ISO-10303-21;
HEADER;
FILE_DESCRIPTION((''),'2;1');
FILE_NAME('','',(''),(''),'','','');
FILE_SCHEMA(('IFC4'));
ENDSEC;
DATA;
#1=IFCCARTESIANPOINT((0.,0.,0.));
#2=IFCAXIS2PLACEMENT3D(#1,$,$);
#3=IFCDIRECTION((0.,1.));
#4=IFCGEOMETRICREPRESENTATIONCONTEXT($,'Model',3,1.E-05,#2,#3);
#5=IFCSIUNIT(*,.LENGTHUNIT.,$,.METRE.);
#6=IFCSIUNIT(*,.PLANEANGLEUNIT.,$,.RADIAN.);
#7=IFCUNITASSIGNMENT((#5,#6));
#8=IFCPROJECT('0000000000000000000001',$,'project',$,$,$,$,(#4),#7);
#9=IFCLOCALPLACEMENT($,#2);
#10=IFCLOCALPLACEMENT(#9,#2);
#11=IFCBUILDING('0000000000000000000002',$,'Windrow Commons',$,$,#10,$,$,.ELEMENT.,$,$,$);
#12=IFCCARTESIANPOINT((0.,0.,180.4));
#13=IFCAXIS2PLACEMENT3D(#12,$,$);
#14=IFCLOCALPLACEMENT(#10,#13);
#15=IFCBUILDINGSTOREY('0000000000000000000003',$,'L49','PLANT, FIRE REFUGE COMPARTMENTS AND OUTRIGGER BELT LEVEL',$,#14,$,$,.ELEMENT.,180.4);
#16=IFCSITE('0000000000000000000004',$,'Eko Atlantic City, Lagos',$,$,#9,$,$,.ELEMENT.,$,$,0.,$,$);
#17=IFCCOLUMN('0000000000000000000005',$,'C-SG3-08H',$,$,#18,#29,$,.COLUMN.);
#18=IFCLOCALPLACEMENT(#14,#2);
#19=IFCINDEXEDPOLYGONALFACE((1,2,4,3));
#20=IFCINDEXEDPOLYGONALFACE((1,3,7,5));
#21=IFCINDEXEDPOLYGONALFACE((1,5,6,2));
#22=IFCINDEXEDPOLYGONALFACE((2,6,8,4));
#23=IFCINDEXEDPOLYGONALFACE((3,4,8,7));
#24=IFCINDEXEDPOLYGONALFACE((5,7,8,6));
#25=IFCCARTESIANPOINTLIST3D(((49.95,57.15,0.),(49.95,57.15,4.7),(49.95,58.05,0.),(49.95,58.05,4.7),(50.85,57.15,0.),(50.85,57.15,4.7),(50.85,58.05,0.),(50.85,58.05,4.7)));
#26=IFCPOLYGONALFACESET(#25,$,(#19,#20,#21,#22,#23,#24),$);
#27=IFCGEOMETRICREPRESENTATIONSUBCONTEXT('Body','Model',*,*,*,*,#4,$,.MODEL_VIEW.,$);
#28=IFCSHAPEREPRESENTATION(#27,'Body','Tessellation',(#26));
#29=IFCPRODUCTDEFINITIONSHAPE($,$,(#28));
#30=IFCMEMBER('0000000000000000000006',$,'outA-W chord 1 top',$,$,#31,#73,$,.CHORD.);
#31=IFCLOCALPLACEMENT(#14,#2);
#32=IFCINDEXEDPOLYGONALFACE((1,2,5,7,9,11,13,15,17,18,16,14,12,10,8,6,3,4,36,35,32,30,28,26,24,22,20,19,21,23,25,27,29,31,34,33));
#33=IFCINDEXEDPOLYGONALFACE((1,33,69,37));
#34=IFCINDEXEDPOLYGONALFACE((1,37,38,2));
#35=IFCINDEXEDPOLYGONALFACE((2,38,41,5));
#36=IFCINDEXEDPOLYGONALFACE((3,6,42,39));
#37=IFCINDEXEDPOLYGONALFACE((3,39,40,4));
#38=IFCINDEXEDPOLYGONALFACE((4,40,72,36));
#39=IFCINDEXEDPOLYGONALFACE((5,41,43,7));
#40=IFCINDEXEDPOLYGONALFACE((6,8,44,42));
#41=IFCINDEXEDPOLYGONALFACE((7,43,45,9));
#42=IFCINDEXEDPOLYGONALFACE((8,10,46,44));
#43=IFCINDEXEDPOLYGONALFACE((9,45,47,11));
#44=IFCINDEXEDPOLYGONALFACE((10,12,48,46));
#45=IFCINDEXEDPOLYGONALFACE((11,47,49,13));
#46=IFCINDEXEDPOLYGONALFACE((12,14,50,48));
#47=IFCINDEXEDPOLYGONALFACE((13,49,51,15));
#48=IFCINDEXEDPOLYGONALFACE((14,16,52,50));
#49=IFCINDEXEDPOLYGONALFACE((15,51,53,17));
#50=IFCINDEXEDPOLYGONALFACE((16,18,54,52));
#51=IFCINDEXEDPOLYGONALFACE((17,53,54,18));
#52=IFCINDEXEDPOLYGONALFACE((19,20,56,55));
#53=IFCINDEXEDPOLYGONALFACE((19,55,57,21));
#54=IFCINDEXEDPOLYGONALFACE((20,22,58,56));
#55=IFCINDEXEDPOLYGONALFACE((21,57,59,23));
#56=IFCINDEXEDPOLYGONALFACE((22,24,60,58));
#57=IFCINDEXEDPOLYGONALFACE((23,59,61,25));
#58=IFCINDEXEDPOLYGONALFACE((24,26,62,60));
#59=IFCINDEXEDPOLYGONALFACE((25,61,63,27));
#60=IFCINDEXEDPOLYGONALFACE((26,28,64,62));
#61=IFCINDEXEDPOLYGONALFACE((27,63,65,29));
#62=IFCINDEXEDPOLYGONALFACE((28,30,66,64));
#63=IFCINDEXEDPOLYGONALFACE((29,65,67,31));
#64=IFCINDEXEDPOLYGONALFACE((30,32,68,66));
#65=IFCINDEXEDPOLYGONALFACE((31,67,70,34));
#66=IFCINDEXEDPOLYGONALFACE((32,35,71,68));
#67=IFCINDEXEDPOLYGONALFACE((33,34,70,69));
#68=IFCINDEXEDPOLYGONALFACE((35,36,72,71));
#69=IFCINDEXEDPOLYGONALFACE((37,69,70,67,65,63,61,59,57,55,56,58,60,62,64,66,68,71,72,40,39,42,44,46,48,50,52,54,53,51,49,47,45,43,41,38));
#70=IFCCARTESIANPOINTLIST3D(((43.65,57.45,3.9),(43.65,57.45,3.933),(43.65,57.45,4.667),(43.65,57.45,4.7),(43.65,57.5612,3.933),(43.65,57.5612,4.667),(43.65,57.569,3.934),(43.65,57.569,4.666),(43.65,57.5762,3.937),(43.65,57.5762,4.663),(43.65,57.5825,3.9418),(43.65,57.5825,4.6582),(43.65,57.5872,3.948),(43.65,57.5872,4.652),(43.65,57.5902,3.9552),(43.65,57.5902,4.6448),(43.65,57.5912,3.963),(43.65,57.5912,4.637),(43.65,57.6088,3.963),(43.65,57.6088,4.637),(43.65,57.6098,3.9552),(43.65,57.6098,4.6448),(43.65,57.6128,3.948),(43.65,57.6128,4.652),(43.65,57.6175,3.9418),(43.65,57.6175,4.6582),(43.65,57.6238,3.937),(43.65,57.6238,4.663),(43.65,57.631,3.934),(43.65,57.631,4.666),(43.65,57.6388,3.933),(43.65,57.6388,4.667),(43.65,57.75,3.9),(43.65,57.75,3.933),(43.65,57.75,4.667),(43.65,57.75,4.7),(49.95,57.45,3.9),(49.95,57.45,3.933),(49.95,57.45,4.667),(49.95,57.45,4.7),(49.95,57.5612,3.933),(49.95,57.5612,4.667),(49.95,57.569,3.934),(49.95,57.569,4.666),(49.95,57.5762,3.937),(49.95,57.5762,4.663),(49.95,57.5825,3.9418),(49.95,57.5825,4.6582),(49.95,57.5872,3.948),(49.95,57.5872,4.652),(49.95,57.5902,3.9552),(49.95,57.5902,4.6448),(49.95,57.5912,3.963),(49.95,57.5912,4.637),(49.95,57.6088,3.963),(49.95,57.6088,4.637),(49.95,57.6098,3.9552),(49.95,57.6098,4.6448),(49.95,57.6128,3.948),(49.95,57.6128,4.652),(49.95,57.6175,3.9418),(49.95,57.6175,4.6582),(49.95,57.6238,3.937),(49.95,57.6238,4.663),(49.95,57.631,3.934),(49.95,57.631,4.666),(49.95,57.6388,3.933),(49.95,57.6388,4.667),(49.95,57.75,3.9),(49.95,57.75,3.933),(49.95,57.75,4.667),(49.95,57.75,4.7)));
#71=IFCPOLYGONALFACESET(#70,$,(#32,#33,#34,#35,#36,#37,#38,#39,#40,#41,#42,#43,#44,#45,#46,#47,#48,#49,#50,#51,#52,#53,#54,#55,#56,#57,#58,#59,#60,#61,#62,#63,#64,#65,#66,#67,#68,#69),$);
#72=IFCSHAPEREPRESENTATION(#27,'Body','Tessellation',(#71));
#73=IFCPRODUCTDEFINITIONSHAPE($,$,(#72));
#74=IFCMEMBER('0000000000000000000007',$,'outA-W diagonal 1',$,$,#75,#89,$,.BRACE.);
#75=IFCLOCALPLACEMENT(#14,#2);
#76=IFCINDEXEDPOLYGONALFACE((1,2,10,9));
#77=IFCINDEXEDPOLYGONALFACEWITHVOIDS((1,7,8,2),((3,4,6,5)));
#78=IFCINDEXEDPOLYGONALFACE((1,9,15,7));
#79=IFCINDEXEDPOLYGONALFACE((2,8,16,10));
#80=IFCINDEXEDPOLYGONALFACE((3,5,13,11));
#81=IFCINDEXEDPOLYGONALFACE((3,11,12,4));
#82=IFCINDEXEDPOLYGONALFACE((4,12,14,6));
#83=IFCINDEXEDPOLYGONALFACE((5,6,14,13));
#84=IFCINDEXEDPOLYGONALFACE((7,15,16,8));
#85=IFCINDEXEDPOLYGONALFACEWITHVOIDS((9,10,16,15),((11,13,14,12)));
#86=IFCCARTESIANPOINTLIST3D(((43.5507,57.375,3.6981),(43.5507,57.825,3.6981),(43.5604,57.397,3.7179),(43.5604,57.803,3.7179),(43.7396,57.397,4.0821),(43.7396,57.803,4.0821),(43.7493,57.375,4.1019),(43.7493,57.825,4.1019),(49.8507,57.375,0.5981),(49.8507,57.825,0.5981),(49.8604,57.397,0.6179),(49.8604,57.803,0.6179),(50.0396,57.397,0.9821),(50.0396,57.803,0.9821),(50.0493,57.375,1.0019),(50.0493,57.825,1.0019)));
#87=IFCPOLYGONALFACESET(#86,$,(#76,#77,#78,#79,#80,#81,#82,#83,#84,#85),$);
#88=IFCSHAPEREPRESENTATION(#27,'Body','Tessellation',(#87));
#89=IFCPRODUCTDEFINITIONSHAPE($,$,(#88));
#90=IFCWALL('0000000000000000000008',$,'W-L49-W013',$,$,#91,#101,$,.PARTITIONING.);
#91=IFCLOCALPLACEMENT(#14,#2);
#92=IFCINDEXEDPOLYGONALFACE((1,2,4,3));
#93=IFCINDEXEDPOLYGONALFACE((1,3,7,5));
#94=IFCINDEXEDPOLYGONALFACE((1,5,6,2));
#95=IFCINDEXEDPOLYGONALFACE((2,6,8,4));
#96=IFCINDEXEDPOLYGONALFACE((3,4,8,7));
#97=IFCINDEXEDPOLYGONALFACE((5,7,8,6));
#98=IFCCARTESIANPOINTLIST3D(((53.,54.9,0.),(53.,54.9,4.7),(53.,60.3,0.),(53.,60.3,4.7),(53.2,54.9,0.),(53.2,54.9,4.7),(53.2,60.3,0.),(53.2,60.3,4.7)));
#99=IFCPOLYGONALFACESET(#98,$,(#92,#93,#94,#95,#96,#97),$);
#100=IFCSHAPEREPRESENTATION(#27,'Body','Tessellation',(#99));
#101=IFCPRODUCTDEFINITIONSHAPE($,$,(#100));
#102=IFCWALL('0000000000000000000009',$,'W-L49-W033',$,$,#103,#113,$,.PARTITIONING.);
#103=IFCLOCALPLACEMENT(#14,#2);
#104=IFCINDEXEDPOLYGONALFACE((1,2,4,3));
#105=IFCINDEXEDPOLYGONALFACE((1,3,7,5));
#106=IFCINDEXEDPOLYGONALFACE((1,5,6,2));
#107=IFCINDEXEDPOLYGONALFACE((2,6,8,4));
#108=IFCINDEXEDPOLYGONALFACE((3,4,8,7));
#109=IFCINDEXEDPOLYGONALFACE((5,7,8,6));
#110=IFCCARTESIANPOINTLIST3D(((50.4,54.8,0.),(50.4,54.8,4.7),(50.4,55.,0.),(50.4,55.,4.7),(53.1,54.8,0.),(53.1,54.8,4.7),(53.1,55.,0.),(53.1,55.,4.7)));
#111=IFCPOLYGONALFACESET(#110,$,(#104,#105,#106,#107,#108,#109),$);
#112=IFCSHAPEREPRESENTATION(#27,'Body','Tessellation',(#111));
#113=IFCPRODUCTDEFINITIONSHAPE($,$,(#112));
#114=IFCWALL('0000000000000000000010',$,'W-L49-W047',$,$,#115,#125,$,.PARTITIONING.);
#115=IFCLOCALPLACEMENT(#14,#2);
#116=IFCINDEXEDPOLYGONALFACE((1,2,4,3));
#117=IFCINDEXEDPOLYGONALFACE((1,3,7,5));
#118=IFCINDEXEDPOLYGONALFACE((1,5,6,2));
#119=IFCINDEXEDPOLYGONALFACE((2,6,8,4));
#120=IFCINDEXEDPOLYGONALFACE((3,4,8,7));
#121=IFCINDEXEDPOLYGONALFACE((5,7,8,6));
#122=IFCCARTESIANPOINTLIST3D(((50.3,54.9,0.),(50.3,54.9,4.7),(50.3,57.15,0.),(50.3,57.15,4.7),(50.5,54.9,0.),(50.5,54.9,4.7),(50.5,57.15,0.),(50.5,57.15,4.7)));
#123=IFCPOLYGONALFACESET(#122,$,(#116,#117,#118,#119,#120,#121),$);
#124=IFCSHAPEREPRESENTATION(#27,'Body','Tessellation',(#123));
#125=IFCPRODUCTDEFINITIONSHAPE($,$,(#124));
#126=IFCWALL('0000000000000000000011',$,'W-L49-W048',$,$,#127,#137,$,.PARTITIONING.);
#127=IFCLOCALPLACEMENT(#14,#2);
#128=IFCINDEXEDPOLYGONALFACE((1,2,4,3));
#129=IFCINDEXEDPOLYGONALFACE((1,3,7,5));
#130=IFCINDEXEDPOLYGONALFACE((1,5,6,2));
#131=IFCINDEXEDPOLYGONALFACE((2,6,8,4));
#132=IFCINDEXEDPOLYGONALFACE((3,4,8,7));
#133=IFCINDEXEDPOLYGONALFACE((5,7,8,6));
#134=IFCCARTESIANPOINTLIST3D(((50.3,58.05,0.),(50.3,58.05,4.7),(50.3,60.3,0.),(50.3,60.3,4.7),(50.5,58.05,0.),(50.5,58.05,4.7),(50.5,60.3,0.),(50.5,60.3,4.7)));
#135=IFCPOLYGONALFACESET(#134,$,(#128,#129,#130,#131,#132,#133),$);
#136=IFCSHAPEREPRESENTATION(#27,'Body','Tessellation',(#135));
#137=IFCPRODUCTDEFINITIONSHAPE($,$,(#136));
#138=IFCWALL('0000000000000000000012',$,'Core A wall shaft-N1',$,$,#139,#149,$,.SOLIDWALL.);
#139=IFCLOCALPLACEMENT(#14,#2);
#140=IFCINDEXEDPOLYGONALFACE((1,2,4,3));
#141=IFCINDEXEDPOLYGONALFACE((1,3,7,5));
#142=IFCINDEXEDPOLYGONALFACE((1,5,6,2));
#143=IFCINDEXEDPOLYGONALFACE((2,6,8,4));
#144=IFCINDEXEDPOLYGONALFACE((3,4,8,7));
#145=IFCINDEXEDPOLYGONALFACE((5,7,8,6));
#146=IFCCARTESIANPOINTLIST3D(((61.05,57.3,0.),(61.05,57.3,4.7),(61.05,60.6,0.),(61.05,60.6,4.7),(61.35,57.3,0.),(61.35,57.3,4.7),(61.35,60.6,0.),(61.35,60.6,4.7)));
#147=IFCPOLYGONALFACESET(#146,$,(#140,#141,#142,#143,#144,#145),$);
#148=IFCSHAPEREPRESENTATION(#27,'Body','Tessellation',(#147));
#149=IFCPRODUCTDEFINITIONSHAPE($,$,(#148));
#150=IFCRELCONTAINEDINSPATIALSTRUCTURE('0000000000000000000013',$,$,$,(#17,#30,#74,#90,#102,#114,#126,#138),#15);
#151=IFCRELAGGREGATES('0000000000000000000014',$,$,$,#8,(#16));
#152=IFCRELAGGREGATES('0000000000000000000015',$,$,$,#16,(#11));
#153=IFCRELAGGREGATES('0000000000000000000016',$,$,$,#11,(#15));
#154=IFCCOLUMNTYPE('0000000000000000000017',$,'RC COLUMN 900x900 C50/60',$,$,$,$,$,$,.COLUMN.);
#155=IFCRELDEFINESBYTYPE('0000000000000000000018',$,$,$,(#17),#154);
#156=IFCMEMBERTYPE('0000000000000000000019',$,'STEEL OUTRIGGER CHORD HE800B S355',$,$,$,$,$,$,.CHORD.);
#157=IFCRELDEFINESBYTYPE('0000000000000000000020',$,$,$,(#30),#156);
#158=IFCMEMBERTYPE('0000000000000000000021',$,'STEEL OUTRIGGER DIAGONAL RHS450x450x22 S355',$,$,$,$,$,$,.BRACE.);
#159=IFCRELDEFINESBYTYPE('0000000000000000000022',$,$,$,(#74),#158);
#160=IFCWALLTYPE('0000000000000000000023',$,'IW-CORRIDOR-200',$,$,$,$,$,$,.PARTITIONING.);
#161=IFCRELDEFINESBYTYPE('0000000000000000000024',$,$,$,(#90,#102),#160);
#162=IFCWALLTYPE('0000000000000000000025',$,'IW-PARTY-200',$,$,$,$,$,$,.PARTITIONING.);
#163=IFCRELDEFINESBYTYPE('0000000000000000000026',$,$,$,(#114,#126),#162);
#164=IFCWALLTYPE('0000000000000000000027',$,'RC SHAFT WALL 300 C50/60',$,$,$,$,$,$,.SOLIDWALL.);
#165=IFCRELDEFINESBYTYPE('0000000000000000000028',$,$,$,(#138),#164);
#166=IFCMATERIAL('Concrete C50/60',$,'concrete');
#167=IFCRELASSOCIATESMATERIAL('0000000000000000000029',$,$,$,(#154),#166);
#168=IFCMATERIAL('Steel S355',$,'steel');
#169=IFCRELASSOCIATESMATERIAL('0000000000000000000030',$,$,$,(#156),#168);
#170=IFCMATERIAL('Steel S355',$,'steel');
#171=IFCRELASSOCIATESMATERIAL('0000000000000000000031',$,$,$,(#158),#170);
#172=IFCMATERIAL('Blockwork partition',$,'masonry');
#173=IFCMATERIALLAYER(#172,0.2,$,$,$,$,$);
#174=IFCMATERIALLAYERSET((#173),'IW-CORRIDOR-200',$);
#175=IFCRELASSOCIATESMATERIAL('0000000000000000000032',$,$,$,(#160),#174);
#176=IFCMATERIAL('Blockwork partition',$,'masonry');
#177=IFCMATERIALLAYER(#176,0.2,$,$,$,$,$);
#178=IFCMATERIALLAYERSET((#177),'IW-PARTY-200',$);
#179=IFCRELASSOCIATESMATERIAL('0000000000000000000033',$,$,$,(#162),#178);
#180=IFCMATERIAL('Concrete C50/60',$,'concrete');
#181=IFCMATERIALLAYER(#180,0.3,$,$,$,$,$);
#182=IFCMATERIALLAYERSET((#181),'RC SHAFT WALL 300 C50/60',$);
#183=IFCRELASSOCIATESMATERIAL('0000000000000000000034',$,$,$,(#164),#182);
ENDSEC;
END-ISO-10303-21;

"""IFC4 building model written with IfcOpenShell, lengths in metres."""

from ifc_helpers import new_model, si_unit, direction, frame, frame_2d, origin, origin_2d, place, context, subcontext, project, spatial, rectangle, hollow_rectangle, i_section, extrude, material, layer, layer_set, material_profile, profile_set, type_object, element, save


model = new_model("IFC4")

# Units and contexts
model_context = context("Model", 3, precision=1e-05, world=origin(), true_north=direction((0.0, 1.0)))
body_context = subcontext(model_context, "Body", "Model", "MODEL_VIEW")
ifc_project = project(units=[si_unit("LENGTHUNIT", "METRE"), si_unit("PLANEANGLEUNIT", "RADIAN")], contexts=[model_context])

# Site, building, storey
site_placement = place(None, origin())
site = spatial("IfcSite", under=ifc_project, at=site_placement, Name="Eko Atlantic City, Lagos", CompositionType="ELEMENT", RefElevation=0.0)
building_placement = place(site_placement, origin())
building = spatial("IfcBuilding", under=site, at=building_placement, Name="Windrow Commons", CompositionType="ELEMENT")
storey_placement = place(building_placement, frame((0.0, 0.0, 180.4)))
storey = spatial("IfcBuildingStorey", under=building, at=storey_placement, Name="L49", Description="PLANT, FIRE REFUGE COMPARTMENTS AND OUTRIGGER BELT LEVEL", CompositionType="ELEMENT", Elevation=180.4)

# Column
ifc_material_1 = material(Name="Concrete C50/60", Category="concrete")
ifc_material_profile_1 = material_profile(ifc_material_1, rectangle(XDim=0.9, YDim=0.9, at=origin_2d()))
ifc_profile_set_1 = profile_set([ifc_material_profile_1], Name="Concrete C50/60")
column_type = type_object("IfcColumnType", Name="RC COLUMN 900x900 C50/60", PredefinedType="COLUMN", material=ifc_profile_set_1)
column_placement = place(storey_placement, frame((50.4, 57.6, 0.0), z_axis=(0.0, 0.0, 1.0), x_axis=(1.0, 0.0, 0.0)))
element("IfcColumn", 1, at=column_placement, inside=storey, type_object=column_type, Name="C-SG3-08H", PredefinedType="COLUMN", context=body_context, shape_type="SweptSolid", body=[
    extrude(rectangle(XDim=0.9, YDim=0.9, at=origin_2d()), origin(), (0.0, 0.0, 1.0), 4.7),
])

# Members
ifc_material_2 = material(Name="Steel S355", Category="steel")
ifc_material_profile_2 = material_profile(ifc_material_2, i_section(OverallWidth=0.3, OverallDepth=0.8, WebThickness=0.0175, FlangeThickness=0.033, FilletRadius=0.03, at=origin_2d()))
ifc_profile_set_2 = profile_set([ifc_material_profile_2], Name="Steel S355")
member_type_1 = type_object("IfcMemberType", Name="STEEL OUTRIGGER CHORD HE800B S355", PredefinedType="CHORD", material=ifc_profile_set_2)
member_1_placement = place(storey_placement, frame((49.95, 57.6, 4.3), z_axis=(-1.0, 0.0, 0.0), x_axis=(0.0, -1.0, 0.0)))
element("IfcMember", 2, at=member_1_placement, inside=storey, type_object=member_type_1, Name="outA-W chord 1 top", PredefinedType="CHORD", context=body_context, shape_type="SweptSolid", body=[
    extrude(i_section(OverallWidth=0.3, OverallDepth=0.8, WebThickness=0.0175, FlangeThickness=0.033, FilletRadius=0.03, at=origin_2d()), origin(), (0.0, 0.0, 1.0), 6.3),
])
ifc_material_3 = material(Name="Steel S355", Category="steel")
ifc_material_profile_3 = material_profile(ifc_material_3, hollow_rectangle(XDim=0.45, YDim=0.45, WallThickness=0.022, at=origin_2d()))
ifc_profile_set_3 = profile_set([ifc_material_profile_3], Name="Steel S355")
member_type_2 = type_object("IfcMemberType", Name="STEEL OUTRIGGER DIAGONAL RHS450x450x22 S355", PredefinedType="BRACE", material=ifc_profile_set_3)
member_2_placement = place(storey_placement, frame((49.95, 57.6, 0.8), z_axis=(-0.897257, 0.0, 0.441508), x_axis=(0.0, -1.0, 0.0)))
element("IfcMember", 3, at=member_2_placement, inside=storey, type_object=member_type_2, Name="outA-W diagonal 1", PredefinedType="BRACE", context=body_context, shape_type="SweptSolid", body=[
    extrude(hollow_rectangle(XDim=0.45, YDim=0.45, WallThickness=0.022, at=origin_2d()), origin(), (0.0, 0.0, 1.0), 7.0214),
])

# Walls
ifc_material_4 = material(Name="Blockwork partition", Category="masonry")
ifc_layer_1 = layer(ifc_material_4, 0.2)
ifc_layer_set_1 = layer_set([ifc_layer_1], Name="IW-CORRIDOR-200")
wall_type_1 = type_object("IfcWallType", Name="IW-CORRIDOR-200", PredefinedType="PARTITIONING", material=ifc_layer_set_1)
wall_1_placement = place(storey_placement, frame((53.1, 54.9, 0.0), z_axis=(0.0, 0.0, 1.0), x_axis=(0.0, 1.0, 0.0)))
element("IfcWall", 4, at=wall_1_placement, inside=storey, type_object=wall_type_1, Name="W-L49-W013", PredefinedType="PARTITIONING", context=body_context, shape_type="SweptSolid", body=[
    extrude(rectangle(XDim=5.4, YDim=0.2, at=frame_2d((2.7, 0.0))), origin(), (0.0, 0.0, 1.0), 4.7),
])
wall_2_placement = place(storey_placement, frame((50.4, 54.9, 0.0), z_axis=(0.0, 0.0, 1.0), x_axis=(1.0, 0.0, 0.0)))
element("IfcWall", 5, at=wall_2_placement, inside=storey, type_object=wall_type_1, Name="W-L49-W033", PredefinedType="PARTITIONING", context=body_context, shape_type="SweptSolid", body=[
    extrude(rectangle(XDim=2.7, YDim=0.2, at=frame_2d((1.35, 0.0))), origin(), (0.0, 0.0, 1.0), 4.7),
])
ifc_material_5 = material(Name="Blockwork partition", Category="masonry")
ifc_layer_2 = layer(ifc_material_5, 0.2)
ifc_layer_set_2 = layer_set([ifc_layer_2], Name="IW-PARTY-200")
wall_type_2 = type_object("IfcWallType", Name="IW-PARTY-200", PredefinedType="PARTITIONING", material=ifc_layer_set_2)
for number, where, z_axis, x_axis, name in (
    (6, (50.4, 54.9, 0.0), (0.0, 0.0, 1.0), (0.0, 1.0, 0.0), "W-L49-W047"),
    (7, (50.4, 58.05, 0.0), (0.0, 0.0, 1.0), (0.0, 1.0, 0.0), "W-L49-W048"),
):
    element("IfcWall", number, at=place(storey_placement, frame(where, z_axis=z_axis, x_axis=x_axis)), inside=storey, type_object=wall_type_2, Name=name, PredefinedType="PARTITIONING", context=body_context, shape_type="SweptSolid", body=[
        extrude(rectangle(XDim=2.25, YDim=0.2, at=frame_2d((1.125, 0.0))), origin(), (0.0, 0.0, 1.0), 4.7),
    ])
ifc_material_6 = material(Name="Concrete C50/60", Category="concrete")
ifc_layer_3 = layer(ifc_material_6, 0.3)
ifc_layer_set_3 = layer_set([ifc_layer_3], Name="RC SHAFT WALL 300 C50/60")
wall_type_3 = type_object("IfcWallType", Name="RC SHAFT WALL 300 C50/60", PredefinedType="SOLIDWALL", material=ifc_layer_set_3)
wall_3_placement = place(storey_placement, frame((61.2, 57.3, 0.0), z_axis=(0.0, 0.0, 1.0), x_axis=(0.0, 1.0, 0.0)))
element("IfcWall", 8, at=wall_3_placement, inside=storey, type_object=wall_type_3, Name="Core A wall shaft-N1", PredefinedType="SOLIDWALL", context=body_context, shape_type="SweptSolid", body=[
    extrude(rectangle(XDim=3.3, YDim=0.3, at=frame_2d((1.65, 0.0))), origin(), (0.0, 0.0, 1.0), 4.7),
])

save(model, "model.ifc")
